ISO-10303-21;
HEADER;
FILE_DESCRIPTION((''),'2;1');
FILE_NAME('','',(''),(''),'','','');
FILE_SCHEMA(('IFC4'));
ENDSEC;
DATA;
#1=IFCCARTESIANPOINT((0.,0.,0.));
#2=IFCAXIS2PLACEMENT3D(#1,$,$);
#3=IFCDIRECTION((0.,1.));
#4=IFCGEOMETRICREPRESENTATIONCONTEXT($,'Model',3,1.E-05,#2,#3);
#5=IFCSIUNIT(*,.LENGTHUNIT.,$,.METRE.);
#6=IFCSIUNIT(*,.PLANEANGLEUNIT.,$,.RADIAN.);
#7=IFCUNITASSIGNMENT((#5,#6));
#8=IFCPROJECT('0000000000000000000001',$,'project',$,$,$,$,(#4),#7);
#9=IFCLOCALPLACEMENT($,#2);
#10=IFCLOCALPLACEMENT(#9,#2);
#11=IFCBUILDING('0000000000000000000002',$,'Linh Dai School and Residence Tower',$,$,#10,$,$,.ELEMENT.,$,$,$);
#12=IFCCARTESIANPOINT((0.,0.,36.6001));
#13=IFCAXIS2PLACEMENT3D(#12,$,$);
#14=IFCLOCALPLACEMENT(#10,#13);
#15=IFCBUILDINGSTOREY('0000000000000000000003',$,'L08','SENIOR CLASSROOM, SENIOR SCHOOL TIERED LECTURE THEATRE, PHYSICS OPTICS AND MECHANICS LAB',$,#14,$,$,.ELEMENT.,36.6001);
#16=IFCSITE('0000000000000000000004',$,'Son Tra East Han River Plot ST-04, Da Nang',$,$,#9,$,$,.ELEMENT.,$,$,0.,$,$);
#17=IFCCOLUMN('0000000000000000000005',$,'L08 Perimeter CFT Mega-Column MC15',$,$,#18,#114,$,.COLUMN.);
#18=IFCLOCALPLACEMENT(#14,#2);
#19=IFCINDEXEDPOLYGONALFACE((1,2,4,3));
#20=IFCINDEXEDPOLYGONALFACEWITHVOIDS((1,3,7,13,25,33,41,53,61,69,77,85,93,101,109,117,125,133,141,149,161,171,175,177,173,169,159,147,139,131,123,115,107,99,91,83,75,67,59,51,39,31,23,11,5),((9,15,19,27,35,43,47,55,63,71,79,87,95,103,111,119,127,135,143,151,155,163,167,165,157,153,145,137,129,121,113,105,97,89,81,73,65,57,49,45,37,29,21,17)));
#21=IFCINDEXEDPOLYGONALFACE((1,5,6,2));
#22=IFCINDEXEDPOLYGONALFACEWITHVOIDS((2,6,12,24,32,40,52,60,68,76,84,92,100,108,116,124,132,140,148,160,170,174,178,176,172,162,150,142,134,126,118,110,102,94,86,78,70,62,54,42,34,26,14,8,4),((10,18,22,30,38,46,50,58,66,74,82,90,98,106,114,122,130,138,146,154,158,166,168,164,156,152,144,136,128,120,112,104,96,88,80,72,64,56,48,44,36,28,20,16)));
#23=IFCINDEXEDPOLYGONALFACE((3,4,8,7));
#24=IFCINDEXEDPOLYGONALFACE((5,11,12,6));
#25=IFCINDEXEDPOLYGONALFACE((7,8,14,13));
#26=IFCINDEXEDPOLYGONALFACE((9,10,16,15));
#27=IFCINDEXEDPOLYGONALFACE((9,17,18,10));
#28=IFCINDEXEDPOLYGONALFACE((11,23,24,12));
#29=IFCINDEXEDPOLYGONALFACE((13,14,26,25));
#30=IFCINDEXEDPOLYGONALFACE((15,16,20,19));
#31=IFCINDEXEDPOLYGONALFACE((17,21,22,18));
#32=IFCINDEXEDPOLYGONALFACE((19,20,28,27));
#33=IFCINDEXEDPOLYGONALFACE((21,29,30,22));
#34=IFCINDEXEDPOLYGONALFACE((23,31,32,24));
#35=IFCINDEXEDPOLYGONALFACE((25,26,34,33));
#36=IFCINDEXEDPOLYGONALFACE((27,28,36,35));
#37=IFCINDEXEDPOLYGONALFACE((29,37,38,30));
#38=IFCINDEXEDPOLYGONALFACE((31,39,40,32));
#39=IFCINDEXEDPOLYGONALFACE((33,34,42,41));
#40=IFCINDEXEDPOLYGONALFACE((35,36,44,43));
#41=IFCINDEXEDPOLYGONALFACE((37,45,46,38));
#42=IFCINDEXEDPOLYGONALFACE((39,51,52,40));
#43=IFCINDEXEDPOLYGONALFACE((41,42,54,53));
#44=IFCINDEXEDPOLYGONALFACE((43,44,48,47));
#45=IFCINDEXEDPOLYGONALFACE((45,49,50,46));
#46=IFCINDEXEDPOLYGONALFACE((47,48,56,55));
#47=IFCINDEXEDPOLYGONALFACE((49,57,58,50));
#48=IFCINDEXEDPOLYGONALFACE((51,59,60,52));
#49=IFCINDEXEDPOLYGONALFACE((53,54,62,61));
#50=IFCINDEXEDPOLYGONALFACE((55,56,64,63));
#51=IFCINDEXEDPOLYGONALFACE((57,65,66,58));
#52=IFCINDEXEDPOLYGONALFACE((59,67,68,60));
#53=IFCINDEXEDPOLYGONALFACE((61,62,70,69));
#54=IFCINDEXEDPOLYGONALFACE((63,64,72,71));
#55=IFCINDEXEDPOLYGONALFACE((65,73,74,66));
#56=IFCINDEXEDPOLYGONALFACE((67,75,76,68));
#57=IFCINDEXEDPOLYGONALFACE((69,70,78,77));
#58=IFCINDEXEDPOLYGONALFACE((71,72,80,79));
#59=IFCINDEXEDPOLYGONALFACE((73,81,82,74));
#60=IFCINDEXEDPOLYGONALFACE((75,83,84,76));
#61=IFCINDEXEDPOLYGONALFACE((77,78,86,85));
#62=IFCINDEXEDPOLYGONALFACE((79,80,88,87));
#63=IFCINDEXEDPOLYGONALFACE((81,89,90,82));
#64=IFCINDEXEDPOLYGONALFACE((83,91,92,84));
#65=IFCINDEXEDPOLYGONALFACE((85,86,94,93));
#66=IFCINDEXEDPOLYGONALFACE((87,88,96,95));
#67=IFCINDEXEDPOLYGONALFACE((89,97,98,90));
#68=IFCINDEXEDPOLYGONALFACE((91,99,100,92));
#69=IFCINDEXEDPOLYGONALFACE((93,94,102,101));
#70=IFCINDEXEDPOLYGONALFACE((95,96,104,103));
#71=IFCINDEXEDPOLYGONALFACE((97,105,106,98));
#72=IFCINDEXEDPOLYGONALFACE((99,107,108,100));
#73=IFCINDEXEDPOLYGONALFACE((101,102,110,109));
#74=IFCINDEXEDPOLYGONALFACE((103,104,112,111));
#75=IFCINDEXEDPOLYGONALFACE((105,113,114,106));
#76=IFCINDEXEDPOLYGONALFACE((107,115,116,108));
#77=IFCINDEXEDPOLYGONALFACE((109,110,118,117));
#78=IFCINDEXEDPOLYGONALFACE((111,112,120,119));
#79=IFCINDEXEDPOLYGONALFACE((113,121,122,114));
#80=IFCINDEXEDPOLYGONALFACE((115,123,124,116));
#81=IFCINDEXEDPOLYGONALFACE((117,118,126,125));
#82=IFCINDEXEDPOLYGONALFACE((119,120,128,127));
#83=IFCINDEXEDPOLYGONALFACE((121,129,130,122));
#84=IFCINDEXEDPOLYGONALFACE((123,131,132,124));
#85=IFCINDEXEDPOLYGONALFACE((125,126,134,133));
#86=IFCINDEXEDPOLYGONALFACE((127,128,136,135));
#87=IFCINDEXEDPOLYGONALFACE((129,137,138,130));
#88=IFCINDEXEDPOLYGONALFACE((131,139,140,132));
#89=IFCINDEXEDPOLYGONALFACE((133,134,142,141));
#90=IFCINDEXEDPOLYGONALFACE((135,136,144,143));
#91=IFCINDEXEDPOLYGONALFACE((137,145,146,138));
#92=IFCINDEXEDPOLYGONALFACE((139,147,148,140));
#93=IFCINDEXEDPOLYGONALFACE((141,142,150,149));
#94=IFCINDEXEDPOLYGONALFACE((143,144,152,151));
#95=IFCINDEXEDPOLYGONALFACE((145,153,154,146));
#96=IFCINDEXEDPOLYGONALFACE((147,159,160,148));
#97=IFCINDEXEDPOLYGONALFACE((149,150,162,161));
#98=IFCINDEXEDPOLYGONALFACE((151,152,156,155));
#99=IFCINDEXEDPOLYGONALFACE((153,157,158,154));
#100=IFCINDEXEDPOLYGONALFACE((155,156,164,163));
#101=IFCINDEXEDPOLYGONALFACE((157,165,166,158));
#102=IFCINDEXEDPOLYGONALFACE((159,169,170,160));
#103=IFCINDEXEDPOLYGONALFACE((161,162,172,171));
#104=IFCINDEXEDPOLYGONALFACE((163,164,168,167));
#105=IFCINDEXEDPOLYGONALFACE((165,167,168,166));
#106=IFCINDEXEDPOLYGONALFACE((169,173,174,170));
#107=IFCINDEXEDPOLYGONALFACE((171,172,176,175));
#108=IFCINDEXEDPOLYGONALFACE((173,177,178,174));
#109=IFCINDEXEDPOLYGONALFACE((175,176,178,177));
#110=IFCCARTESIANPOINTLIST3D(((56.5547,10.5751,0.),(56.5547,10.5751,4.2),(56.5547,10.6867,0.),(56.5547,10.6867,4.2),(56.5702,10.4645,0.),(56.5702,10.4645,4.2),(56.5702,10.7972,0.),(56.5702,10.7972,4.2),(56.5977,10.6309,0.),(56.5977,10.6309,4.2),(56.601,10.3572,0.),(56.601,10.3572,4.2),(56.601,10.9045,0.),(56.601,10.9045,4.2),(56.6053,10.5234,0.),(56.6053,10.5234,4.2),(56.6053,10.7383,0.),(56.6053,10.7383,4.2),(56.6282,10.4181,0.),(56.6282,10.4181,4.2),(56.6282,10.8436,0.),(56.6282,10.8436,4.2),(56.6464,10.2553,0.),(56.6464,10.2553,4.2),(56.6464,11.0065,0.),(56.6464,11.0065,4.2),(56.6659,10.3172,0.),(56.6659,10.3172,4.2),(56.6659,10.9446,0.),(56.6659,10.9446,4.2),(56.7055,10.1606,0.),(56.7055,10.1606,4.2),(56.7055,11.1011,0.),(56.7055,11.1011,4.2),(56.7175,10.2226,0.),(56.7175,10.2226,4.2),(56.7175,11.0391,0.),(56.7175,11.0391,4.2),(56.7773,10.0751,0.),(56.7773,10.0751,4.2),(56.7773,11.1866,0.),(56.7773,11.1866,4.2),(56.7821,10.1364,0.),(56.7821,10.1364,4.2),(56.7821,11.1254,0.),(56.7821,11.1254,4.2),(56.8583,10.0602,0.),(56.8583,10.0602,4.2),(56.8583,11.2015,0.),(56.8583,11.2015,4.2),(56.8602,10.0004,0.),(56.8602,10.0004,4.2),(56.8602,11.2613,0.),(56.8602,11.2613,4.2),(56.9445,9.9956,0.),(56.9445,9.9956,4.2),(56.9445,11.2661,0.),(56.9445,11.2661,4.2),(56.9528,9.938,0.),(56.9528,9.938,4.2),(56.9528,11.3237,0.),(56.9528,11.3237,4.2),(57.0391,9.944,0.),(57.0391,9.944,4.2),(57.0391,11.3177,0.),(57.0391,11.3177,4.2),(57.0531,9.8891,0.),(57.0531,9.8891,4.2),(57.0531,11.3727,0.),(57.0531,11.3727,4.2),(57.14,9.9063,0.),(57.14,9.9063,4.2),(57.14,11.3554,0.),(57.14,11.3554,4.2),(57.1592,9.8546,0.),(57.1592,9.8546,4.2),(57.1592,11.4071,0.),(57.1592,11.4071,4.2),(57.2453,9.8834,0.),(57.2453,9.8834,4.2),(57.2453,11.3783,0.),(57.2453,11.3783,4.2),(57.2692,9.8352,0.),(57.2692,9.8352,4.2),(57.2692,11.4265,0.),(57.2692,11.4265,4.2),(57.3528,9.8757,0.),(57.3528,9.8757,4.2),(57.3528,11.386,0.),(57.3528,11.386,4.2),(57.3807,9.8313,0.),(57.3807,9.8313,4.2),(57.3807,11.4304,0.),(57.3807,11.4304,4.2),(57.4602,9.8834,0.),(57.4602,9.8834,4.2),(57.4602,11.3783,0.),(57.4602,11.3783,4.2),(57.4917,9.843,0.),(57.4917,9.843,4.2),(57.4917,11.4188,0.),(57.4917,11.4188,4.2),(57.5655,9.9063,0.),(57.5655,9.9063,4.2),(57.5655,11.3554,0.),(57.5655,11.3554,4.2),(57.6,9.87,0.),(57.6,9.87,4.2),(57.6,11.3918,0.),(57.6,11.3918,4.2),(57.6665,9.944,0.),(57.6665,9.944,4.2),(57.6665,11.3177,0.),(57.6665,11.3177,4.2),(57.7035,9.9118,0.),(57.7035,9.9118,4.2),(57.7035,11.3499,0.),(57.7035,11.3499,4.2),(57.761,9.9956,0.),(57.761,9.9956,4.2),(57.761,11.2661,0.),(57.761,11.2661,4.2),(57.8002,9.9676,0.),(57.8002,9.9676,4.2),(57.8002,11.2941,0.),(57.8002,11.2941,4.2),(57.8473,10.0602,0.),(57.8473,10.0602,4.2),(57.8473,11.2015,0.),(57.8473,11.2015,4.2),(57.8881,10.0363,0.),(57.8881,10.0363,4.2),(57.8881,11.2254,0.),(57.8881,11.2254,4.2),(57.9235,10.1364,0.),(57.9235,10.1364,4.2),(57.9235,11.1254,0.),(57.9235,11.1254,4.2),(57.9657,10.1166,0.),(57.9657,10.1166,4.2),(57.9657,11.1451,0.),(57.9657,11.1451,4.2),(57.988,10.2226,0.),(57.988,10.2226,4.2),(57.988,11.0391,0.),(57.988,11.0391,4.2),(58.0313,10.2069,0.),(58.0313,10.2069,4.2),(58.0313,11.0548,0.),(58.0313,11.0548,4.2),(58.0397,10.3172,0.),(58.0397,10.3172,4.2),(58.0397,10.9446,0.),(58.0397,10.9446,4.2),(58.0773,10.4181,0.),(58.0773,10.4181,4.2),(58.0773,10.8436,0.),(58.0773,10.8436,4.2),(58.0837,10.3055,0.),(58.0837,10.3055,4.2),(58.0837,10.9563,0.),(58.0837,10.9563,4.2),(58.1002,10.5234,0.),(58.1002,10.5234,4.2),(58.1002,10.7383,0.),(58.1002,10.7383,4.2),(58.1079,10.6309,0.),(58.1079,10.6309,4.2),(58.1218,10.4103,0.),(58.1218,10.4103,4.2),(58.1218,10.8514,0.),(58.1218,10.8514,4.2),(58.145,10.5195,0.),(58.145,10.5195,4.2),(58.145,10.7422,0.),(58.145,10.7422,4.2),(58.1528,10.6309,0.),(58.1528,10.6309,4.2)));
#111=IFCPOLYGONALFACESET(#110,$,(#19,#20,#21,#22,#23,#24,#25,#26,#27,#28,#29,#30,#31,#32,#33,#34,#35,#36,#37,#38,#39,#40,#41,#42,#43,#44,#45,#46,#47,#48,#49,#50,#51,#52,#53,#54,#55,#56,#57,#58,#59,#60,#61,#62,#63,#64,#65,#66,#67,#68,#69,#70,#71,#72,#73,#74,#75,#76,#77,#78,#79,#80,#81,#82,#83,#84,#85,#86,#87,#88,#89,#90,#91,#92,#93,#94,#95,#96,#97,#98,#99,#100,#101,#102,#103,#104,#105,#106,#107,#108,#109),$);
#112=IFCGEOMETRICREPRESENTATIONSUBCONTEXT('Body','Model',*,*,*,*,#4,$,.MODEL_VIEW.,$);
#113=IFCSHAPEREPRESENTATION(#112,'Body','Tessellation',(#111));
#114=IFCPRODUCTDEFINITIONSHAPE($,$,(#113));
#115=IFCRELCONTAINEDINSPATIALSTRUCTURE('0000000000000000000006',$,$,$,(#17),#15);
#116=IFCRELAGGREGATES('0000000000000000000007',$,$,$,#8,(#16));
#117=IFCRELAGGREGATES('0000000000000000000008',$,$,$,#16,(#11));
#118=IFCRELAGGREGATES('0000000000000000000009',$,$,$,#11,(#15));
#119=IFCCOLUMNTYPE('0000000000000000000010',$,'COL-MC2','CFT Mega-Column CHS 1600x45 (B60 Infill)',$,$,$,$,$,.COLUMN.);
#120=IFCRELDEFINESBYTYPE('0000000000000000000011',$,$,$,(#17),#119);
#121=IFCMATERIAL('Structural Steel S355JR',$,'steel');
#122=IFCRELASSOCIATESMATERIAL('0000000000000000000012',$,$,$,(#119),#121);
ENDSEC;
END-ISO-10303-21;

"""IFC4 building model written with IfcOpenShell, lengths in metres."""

from ifc_helpers import new_model, si_unit, direction, frame, origin, origin_2d, place, context, subcontext, project, spatial, hollow_circle, extrude, material, material_profile, profile_set, type_object, element, save


model = new_model("IFC4")

# Units and contexts
model_context = context("Model", 3, precision=1e-05, world=origin(), true_north=direction((0.0, 1.0)))
body_context = subcontext(model_context, "Body", "Model", "MODEL_VIEW")
ifc_project = project(units=[si_unit("LENGTHUNIT", "METRE"), si_unit("PLANEANGLEUNIT", "RADIAN")], contexts=[model_context])

# Site, building, storey
site_placement = place(None, origin())
site = spatial("IfcSite", under=ifc_project, at=site_placement, Name="Son Tra East Han River Plot ST-04, Da Nang", CompositionType="ELEMENT", RefElevation=0.0)
building_placement = place(site_placement, origin())
building = spatial("IfcBuilding", under=site, at=building_placement, Name="Linh Dai School and Residence Tower", CompositionType="ELEMENT")
storey_placement = place(building_placement, frame((0.0, 0.0, 36.6001)))
storey = spatial("IfcBuildingStorey", under=building, at=storey_placement, Name="L08", Description="SENIOR CLASSROOM, SENIOR SCHOOL TIERED LECTURE THEATRE, PHYSICS OPTICS AND MECHANICS LAB", CompositionType="ELEMENT", Elevation=36.6001)

# Column
ifc_material_1 = material(Name="Structural Steel S355JR", Category="steel")
ifc_material_profile_1 = material_profile(ifc_material_1, hollow_circle(Radius=0.8, WallThickness=0.0449, at=origin_2d()), Name="CHS 1600x45")
ifc_profile_set_1 = profile_set([ifc_material_profile_1], Name="Structural Steel S355JR")
column_type_1 = type_object("IfcColumnType", Name="COL-MC2", Description="CFT Mega-Column CHS 1600x45 (B60 Infill)", PredefinedType="COLUMN", material=ifc_profile_set_1)
for number, where, z_axis, x_axis, name in (
    (1, (57.3528, 10.6309, 0.0), (0.0, 0.0, 1.0), (1.0, 0.0, 0.0), "L08 Perimeter CFT Mega-Column MC15"),
):
    element("IfcColumn", number, at=place(storey_placement, frame(where, z_axis=z_axis, x_axis=x_axis)), inside=storey, type_object=column_type_1, Name=name, PredefinedType="COLUMN", context=body_context, shape_type="SweptSolid", body=[
        extrude(hollow_circle(Radius=0.8, WallThickness=0.0449, at=origin_2d()), origin(), (0.0, 0.0, 1.0), 4.2),
    ])

save(model, "model.ifc")
